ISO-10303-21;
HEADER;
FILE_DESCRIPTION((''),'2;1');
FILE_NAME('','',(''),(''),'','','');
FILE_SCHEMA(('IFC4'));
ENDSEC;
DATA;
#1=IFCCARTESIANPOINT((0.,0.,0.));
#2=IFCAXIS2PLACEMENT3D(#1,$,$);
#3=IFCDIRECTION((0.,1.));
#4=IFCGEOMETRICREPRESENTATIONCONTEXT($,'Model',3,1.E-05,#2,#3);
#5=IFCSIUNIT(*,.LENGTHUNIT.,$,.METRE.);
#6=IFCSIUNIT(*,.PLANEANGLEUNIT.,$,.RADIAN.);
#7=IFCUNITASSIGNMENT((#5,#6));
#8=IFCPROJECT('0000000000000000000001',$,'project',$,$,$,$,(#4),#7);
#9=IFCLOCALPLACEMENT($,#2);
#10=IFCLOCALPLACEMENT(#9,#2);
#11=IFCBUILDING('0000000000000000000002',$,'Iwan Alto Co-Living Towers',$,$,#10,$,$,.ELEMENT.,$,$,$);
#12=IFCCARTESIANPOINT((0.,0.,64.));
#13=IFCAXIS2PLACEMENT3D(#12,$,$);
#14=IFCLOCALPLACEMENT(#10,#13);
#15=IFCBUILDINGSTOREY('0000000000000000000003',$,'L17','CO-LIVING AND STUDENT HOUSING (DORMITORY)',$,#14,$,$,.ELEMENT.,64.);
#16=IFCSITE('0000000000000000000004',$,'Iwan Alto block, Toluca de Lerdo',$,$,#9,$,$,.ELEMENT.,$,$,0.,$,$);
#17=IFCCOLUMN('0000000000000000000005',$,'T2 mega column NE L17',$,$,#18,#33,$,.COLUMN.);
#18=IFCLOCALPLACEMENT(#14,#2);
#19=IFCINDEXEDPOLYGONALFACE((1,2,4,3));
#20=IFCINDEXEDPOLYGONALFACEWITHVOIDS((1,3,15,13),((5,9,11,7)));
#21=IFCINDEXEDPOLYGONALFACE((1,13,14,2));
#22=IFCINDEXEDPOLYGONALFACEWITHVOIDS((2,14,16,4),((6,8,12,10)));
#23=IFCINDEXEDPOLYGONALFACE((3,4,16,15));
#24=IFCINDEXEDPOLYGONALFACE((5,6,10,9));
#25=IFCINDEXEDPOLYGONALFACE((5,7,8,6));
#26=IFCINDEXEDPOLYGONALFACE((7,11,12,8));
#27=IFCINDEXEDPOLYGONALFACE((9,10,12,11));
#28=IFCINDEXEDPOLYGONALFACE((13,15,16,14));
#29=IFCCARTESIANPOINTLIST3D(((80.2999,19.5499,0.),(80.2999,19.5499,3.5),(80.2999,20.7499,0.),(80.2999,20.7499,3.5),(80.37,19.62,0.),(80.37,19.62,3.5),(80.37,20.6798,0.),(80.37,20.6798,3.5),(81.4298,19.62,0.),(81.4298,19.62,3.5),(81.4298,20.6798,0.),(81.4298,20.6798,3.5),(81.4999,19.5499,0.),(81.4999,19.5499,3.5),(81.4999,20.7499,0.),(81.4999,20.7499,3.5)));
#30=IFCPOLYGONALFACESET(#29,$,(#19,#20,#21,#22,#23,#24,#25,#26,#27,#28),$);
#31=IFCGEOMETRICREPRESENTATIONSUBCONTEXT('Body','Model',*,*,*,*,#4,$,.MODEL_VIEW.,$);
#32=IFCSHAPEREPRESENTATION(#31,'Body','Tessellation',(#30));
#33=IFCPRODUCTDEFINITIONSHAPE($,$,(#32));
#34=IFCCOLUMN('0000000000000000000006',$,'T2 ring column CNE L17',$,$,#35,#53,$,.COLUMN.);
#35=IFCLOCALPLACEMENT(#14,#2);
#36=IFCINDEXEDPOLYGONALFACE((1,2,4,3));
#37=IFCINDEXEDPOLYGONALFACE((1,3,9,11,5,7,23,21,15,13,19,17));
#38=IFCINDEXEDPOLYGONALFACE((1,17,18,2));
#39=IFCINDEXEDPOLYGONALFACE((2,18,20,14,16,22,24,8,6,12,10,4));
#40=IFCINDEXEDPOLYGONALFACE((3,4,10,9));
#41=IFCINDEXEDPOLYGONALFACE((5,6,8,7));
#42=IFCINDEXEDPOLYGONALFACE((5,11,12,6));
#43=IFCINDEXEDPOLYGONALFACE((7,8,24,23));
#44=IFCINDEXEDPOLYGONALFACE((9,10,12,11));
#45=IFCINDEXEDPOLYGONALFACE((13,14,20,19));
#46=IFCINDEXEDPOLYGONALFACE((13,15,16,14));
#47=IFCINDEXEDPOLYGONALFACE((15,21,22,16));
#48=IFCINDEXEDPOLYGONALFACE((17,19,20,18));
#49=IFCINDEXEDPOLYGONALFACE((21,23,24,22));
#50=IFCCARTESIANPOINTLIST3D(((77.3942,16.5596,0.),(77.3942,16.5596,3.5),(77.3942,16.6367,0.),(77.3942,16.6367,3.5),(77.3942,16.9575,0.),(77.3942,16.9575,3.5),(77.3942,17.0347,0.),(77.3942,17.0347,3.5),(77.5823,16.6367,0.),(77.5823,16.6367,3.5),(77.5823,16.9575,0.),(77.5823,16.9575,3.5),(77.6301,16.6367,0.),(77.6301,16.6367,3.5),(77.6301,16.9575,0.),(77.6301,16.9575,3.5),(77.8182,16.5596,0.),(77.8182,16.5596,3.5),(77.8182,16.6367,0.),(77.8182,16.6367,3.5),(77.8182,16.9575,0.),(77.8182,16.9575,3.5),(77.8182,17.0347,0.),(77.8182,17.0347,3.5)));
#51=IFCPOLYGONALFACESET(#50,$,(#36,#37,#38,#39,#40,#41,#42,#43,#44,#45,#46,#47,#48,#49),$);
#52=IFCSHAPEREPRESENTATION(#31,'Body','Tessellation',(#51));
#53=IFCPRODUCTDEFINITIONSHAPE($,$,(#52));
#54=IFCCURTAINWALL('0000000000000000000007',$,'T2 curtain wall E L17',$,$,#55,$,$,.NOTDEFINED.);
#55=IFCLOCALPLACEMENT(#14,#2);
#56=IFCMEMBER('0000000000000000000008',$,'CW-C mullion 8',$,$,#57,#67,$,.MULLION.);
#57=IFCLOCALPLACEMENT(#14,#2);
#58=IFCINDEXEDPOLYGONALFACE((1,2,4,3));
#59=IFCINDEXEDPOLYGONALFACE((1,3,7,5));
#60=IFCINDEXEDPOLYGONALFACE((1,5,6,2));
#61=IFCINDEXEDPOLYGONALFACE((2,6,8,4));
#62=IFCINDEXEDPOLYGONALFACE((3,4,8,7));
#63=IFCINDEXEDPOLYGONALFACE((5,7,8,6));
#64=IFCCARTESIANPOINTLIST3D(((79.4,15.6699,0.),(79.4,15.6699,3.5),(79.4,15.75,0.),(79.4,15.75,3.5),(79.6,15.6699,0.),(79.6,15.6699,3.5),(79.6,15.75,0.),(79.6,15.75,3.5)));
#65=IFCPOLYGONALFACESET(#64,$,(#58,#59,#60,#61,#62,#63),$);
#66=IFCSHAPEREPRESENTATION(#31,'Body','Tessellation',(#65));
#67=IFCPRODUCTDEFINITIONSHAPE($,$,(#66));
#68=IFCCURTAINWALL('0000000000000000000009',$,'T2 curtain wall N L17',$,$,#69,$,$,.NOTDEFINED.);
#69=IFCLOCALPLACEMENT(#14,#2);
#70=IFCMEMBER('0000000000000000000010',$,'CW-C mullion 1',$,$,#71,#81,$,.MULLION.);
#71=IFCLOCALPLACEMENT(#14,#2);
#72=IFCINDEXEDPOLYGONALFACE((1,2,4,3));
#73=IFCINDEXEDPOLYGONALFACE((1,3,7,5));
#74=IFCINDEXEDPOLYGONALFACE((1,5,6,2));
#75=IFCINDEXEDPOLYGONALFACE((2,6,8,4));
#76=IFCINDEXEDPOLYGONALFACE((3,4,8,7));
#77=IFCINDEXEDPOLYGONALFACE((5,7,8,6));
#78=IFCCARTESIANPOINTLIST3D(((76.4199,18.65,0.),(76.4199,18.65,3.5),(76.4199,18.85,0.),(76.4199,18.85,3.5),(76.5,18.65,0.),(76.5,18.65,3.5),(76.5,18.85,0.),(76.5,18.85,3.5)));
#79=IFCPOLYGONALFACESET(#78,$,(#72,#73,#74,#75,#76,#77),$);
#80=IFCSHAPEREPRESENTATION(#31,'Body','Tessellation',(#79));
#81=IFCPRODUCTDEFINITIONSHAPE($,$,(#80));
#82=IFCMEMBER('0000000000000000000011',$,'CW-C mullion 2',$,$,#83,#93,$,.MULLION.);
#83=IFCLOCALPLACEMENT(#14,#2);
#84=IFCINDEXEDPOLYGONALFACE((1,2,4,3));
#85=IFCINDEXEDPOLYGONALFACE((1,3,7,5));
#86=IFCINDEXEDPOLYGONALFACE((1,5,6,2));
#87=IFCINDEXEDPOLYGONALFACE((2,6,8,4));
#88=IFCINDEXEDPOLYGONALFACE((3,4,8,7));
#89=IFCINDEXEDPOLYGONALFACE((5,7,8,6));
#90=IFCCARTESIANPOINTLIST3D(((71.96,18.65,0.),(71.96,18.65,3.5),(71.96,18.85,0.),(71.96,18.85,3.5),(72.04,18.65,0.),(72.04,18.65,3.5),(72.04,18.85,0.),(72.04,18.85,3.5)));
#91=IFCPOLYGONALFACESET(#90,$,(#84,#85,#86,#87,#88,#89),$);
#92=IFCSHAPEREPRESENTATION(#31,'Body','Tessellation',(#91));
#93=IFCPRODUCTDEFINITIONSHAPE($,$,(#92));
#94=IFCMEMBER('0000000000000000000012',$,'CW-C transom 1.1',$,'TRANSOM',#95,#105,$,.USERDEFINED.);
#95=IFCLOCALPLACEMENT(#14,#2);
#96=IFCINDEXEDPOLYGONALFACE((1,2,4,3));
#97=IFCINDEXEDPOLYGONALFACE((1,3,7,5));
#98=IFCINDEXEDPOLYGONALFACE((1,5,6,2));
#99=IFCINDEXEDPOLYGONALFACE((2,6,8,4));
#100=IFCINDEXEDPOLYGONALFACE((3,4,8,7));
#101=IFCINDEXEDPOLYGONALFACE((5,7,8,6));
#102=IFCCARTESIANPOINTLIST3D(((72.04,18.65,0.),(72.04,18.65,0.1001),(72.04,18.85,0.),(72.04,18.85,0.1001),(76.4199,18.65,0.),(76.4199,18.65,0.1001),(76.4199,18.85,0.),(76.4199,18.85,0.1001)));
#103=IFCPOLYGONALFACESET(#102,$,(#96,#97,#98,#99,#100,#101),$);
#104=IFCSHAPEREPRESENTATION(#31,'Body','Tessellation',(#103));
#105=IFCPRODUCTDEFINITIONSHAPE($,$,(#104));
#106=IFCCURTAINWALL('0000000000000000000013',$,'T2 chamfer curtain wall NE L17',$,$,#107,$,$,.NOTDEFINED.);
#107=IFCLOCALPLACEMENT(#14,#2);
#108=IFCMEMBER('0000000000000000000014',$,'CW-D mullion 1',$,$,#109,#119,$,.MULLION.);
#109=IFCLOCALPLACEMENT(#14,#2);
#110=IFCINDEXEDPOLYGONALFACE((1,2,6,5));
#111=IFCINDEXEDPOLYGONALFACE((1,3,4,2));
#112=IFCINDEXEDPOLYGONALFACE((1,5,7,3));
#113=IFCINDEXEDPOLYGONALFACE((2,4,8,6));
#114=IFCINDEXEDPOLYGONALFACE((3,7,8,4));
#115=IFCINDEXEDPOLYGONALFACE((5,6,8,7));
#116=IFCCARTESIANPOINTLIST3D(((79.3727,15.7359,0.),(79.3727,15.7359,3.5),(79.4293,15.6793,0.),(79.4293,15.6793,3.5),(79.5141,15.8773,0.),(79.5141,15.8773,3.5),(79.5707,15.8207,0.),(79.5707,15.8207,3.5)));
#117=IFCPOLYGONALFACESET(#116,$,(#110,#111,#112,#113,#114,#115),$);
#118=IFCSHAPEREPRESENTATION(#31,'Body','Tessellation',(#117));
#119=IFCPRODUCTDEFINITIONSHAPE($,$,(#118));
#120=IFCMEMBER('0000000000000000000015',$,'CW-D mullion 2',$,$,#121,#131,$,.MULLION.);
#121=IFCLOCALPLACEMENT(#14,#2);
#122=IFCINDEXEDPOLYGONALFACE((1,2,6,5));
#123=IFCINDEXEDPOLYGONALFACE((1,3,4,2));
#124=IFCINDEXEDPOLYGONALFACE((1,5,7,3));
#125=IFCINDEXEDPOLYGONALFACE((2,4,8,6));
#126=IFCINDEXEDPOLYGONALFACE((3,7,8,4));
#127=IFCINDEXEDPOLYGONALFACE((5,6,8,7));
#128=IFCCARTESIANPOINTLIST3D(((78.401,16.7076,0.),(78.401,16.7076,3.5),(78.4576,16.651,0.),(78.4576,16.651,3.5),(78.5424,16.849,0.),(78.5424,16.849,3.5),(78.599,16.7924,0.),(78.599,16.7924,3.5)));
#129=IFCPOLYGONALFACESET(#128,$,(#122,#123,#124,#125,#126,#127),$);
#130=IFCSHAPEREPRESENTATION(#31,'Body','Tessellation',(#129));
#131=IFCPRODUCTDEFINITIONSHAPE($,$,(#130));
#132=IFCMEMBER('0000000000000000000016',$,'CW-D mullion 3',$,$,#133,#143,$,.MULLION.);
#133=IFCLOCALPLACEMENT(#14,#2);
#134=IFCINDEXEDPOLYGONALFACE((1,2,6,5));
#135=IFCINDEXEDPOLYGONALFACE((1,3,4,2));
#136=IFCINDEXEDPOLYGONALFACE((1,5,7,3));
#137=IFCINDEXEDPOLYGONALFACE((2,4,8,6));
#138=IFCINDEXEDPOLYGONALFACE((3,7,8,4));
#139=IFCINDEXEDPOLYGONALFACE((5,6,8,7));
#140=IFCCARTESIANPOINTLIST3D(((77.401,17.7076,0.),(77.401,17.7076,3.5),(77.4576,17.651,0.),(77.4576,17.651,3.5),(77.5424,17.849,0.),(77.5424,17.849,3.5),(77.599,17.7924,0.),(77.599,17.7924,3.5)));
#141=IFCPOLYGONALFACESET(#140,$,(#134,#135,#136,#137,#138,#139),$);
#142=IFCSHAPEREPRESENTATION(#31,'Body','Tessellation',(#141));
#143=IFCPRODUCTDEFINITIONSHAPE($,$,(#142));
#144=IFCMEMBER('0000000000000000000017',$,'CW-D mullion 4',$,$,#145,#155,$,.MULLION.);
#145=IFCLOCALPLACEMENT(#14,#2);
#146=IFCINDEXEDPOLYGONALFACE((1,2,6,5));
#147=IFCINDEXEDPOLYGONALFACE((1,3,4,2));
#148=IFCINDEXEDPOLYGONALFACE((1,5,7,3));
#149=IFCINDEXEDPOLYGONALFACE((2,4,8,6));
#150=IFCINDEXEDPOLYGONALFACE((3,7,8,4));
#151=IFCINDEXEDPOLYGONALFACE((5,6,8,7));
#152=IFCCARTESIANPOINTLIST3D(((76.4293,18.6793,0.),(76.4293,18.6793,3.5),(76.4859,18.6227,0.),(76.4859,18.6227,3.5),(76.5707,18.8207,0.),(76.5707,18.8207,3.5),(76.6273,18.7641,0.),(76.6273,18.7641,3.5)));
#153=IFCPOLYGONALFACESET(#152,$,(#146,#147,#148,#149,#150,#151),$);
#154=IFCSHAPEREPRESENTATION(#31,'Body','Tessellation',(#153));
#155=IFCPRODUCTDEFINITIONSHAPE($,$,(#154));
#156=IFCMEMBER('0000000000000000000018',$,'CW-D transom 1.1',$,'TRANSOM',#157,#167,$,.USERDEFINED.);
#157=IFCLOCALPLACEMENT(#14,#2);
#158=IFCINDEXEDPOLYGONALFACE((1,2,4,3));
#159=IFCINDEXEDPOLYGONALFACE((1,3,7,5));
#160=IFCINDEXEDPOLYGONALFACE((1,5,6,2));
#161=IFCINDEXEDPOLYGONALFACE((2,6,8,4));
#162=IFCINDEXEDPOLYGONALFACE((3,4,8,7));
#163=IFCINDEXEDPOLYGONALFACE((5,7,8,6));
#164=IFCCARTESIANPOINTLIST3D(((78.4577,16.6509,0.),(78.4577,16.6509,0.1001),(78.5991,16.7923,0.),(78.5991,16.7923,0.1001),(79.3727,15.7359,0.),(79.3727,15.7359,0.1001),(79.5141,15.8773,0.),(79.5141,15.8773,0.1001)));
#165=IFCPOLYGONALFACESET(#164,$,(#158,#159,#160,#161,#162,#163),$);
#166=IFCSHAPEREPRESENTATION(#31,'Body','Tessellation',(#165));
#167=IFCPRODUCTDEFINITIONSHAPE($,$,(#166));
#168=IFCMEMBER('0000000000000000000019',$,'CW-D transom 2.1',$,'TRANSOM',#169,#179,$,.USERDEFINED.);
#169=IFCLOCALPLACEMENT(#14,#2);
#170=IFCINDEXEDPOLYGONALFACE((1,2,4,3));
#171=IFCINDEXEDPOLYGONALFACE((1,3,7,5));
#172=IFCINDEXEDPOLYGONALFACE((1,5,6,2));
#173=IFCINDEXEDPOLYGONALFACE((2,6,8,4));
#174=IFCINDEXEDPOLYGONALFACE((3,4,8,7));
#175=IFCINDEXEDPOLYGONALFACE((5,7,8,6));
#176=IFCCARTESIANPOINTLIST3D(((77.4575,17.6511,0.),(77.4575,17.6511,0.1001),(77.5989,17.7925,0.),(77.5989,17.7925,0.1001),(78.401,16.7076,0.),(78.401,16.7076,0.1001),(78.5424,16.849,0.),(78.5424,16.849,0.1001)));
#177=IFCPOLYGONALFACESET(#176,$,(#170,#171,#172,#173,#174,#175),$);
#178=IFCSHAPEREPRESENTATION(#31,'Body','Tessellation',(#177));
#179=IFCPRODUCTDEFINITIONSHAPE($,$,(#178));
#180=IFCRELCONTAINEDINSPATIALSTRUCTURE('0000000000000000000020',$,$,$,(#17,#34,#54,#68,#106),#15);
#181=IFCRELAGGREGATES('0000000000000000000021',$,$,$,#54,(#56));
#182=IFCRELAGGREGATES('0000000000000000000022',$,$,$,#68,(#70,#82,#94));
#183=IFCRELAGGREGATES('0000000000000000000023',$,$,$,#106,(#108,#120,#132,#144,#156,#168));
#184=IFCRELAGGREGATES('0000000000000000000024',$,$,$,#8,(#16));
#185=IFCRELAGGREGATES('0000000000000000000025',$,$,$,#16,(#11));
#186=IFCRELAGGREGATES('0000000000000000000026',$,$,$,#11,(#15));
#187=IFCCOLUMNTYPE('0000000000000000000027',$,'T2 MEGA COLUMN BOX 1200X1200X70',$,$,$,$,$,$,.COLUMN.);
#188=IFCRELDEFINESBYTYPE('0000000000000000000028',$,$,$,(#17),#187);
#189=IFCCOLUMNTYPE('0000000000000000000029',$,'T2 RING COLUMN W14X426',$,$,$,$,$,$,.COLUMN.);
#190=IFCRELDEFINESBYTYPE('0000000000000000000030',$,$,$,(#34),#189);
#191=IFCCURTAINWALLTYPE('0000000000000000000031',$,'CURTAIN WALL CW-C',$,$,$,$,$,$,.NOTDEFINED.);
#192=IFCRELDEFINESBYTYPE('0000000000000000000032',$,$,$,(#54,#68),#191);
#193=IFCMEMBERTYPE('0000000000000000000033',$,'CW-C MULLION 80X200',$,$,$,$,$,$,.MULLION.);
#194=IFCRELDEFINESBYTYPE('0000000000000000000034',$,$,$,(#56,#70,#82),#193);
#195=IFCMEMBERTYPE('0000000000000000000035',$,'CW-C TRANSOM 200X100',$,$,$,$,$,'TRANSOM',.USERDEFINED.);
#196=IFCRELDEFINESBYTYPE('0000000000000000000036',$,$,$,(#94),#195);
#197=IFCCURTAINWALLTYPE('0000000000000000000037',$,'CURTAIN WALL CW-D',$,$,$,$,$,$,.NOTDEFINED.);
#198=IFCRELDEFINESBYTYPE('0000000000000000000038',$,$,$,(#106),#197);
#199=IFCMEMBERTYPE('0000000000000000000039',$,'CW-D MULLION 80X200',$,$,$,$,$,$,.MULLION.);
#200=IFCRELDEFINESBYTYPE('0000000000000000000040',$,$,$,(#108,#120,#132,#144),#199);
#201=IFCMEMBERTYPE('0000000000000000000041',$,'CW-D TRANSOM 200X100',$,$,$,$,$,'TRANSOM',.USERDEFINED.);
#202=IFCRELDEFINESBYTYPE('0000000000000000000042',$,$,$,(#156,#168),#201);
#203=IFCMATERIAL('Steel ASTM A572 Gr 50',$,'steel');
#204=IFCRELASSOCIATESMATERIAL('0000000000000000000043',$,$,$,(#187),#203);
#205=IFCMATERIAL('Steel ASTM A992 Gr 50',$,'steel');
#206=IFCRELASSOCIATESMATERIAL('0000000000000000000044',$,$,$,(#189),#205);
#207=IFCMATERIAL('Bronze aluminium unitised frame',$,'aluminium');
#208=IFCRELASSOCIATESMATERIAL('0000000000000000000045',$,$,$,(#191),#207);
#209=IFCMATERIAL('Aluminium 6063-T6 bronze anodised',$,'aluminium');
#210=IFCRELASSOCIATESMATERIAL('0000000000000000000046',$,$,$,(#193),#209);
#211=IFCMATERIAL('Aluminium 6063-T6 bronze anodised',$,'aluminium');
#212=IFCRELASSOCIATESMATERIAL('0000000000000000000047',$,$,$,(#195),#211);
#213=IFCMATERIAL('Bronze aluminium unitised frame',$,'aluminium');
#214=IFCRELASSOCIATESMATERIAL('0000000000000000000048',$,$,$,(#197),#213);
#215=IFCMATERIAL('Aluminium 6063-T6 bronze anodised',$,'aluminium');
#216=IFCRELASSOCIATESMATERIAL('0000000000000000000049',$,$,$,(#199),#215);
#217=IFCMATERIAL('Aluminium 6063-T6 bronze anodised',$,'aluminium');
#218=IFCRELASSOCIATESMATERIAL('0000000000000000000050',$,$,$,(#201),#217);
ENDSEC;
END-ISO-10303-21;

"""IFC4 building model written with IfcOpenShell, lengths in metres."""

from ifc_helpers import new_model, si_unit, direction, frame, origin, origin_2d, place, context, subcontext, project, spatial, rectangle, hollow_rectangle, i_section, extrude, material, material_profile, profile_set, type_object, element, aggregate, save


model = new_model("IFC4")

# Units and contexts
model_context = context("Model", 3, precision=1e-05, world=origin(), true_north=direction((0.0, 1.0)))
body_context = subcontext(model_context, "Body", "Model", "MODEL_VIEW")
ifc_project = project(units=[si_unit("LENGTHUNIT", "METRE"), si_unit("PLANEANGLEUNIT", "RADIAN")], contexts=[model_context])

# Site, building, storey
site_placement = place(None, origin())
site = spatial("IfcSite", under=ifc_project, at=site_placement, Name="Iwan Alto block, Toluca de Lerdo", CompositionType="ELEMENT", RefElevation=0.0)
building_placement = place(site_placement, origin())
building = spatial("IfcBuilding", under=site, at=building_placement, Name="Iwan Alto Co-Living Towers", CompositionType="ELEMENT")
storey_placement = place(building_placement, frame((0.0, 0.0, 64.0)))
storey = spatial("IfcBuildingStorey", under=building, at=storey_placement, Name="L17", Description="CO-LIVING AND STUDENT HOUSING (DORMITORY)", CompositionType="ELEMENT", Elevation=64.0)

# Columns
ifc_material_1 = material(Name="Steel ASTM A572 Gr 50", Category="steel")
ifc_material_profile_1 = material_profile(ifc_material_1, hollow_rectangle(XDim=1.2, YDim=1.2, WallThickness=0.0701, at=origin_2d()), Name="BOX 1200X1200X70")
ifc_profile_set_1 = profile_set([ifc_material_profile_1], Name="Steel ASTM A572 Gr 50")
column_type_1 = type_object("IfcColumnType", Name="T2 MEGA COLUMN BOX 1200X1200X70", PredefinedType="COLUMN", material=ifc_profile_set_1)
column_1_placement = place(storey_placement, frame((80.8999, 20.1499, 0.0), z_axis=(0.0, 0.0, 1.0), x_axis=(1.0, 0.0, 0.0)))
element("IfcColumn", 1, at=column_1_placement, inside=storey, type_object=column_type_1, Name="T2 mega column NE L17", PredefinedType="COLUMN", context=body_context, shape_type="SweptSolid", body=[
    extrude(hollow_rectangle(XDim=1.2, YDim=1.2, WallThickness=0.0701, at=origin_2d()), origin(), (0.0, 0.0, 1.0), 3.5),
])
ifc_material_2 = material(Name="Steel ASTM A992 Gr 50", Category="steel")
ifc_material_profile_2 = material_profile(ifc_material_2, i_section(OverallWidth=0.4241, OverallDepth=0.4751, WebThickness=0.0479, FlangeThickness=0.0771, at=origin_2d()), Name="W14X426")
ifc_profile_set_2 = profile_set([ifc_material_profile_2], Name="Steel ASTM A992 Gr 50")
column_type_2 = type_object("IfcColumnType", Name="T2 RING COLUMN W14X426", PredefinedType="COLUMN", material=ifc_profile_set_2)
column_2_placement = place(storey_placement, frame((77.6062, 16.7971, 0.0), z_axis=(0.0, 0.0, 1.0), x_axis=(1.0, 0.0, 0.0)))
element("IfcColumn", 2, at=column_2_placement, inside=storey, type_object=column_type_2, Name="T2 ring column CNE L17", PredefinedType="COLUMN", context=body_context, shape_type="SweptSolid", body=[
    extrude(i_section(OverallWidth=0.4241, OverallDepth=0.4751, WebThickness=0.0479, FlangeThickness=0.0771, at=origin_2d()), origin(), (0.0, 0.0, 1.0), 3.5),
])

# Curtain wall, member
ifc_material_3 = material(Name="Bronze aluminium unitised frame", Category="aluminium")
curtain_wall_type_1 = type_object("IfcCurtainWallType", Name="CURTAIN WALL CW-C", PredefinedType="NOTDEFINED", material=ifc_material_3)
curtain_wall_1_placement = place(storey_placement, origin())
curtain_wall_1 = element("IfcCurtainWall", 3, at=curtain_wall_1_placement, inside=storey, type_object=curtain_wall_type_1, Name="T2 curtain wall E L17", PredefinedType="NOTDEFINED")
ifc_material_4 = material(Name="Aluminium 6063-T6 bronze anodised", Category="aluminium")
ifc_material_profile_3 = material_profile(ifc_material_4, rectangle(XDim=0.2, YDim=0.0801, at=origin_2d()), Name="AL 80X200")
ifc_profile_set_3 = profile_set([ifc_material_profile_3], Name="Aluminium 6063-T6 bronze anodised")
member_type_1 = type_object("IfcMemberType", Name="CW-C MULLION 80X200", PredefinedType="MULLION", material=ifc_profile_set_3)
member_1_placement = place(storey_placement, frame((79.5, 15.71, 0.0), z_axis=(0.0, 0.0, 1.0), x_axis=(-1.0, 0.0, 0.0)))
member_1 = element("IfcMember", 4, at=member_1_placement, type_object=member_type_1, Name="CW-C mullion 8", PredefinedType="MULLION", context=body_context, shape_type="SweptSolid", body=[
    extrude(rectangle(XDim=0.2, YDim=0.0801, at=origin_2d()), origin(), (0.0, 0.0, 1.0), 3.5),
])
aggregate(curtain_wall_1, [member_1])

# Curtain walls, members
curtain_wall_2_placement = place(storey_placement, origin())
curtain_wall_2 = element("IfcCurtainWall", 5, at=curtain_wall_2_placement, inside=storey, type_object=curtain_wall_type_1, Name="T2 curtain wall N L17", PredefinedType="NOTDEFINED")
member_2_placement = place(storey_placement, frame((76.46, 18.75, 0.0), z_axis=(0.0, 0.0, 1.0), x_axis=(0.0, -1.0, 0.0)))
member_2 = element("IfcMember", 6, at=member_2_placement, type_object=member_type_1, Name="CW-C mullion 1", PredefinedType="MULLION", context=body_context, shape_type="SweptSolid", body=[
    extrude(rectangle(XDim=0.2, YDim=0.0801, at=origin_2d()), origin(), (0.0, 0.0, 1.0), 3.5),
])
member_3_placement = place(storey_placement, frame((72.0, 18.75, 0.0), z_axis=(0.0, 0.0, 1.0), x_axis=(0.0, -1.0, 0.0)))
member_3 = element("IfcMember", 7, at=member_3_placement, type_object=member_type_1, Name="CW-C mullion 2", PredefinedType="MULLION", context=body_context, shape_type="SweptSolid", body=[
    extrude(rectangle(XDim=0.2, YDim=0.0801, at=origin_2d()), origin(), (0.0, 0.0, 1.0), 3.5),
])
ifc_material_5 = material(Name="Aluminium 6063-T6 bronze anodised", Category="aluminium")
ifc_material_profile_4 = material_profile(ifc_material_5, rectangle(XDim=0.2, YDim=0.1001, at=origin_2d()), Name="AL 200X100")
ifc_profile_set_4 = profile_set([ifc_material_profile_4], Name="Aluminium 6063-T6 bronze anodised")
member_type_2 = type_object("IfcMemberType", Name="CW-C TRANSOM 200X100", ElementType="TRANSOM", PredefinedType="USERDEFINED", material=ifc_profile_set_4)
member_4_placement = place(storey_placement, frame((76.4199, 18.75, 0.05), z_axis=(-1.0, 0.0, 0.0), x_axis=(0.0, -1.0, 0.0)))
member_4 = element("IfcMember", 8, at=member_4_placement, type_object=member_type_2, Name="CW-C transom 1.1", ObjectType="TRANSOM", PredefinedType="USERDEFINED", context=body_context, shape_type="SweptSolid", body=[
    extrude(rectangle(XDim=0.2, YDim=0.1001, at=origin_2d()), origin(), (0.0, 0.0, 1.0), 4.3799),
])
ifc_material_6 = material(Name="Bronze aluminium unitised frame", Category="aluminium")
curtain_wall_type_2 = type_object("IfcCurtainWallType", Name="CURTAIN WALL CW-D", PredefinedType="NOTDEFINED", material=ifc_material_6)
curtain_wall_3_placement = place(storey_placement, origin())
curtain_wall_3 = element("IfcCurtainWall", 9, at=curtain_wall_3_placement, inside=storey, type_object=curtain_wall_type_2, Name="T2 chamfer curtain wall NE L17", PredefinedType="NOTDEFINED")
ifc_material_7 = material(Name="Aluminium 6063-T6 bronze anodised", Category="aluminium")
ifc_material_profile_5 = material_profile(ifc_material_7, rectangle(XDim=0.2, YDim=0.0801, at=origin_2d()), Name="AL 80X200")
ifc_profile_set_5 = profile_set([ifc_material_profile_5], Name="Aluminium 6063-T6 bronze anodised")
member_type_3 = type_object("IfcMemberType", Name="CW-D MULLION 80X200", PredefinedType="MULLION", material=ifc_profile_set_5)
member_5_placement = place(storey_placement, frame((79.4717, 15.7783, 0.0), z_axis=(0.0, 0.0, 1.0), x_axis=(-0.707107, -0.707107, 0.0)))
member_5 = element("IfcMember", 10, at=member_5_placement, type_object=member_type_3, Name="CW-D mullion 1", PredefinedType="MULLION", context=body_context, shape_type="SweptSolid", body=[
    extrude(rectangle(XDim=0.2, YDim=0.0801, at=origin_2d()), origin(), (0.0, 0.0, 1.0), 3.5),
])
member_6_placement = place(storey_placement, frame((78.5, 16.75, 0.0), z_axis=(0.0, 0.0, 1.0), x_axis=(-0.707107, -0.707107, 0.0)))
member_6 = element("IfcMember", 11, at=member_6_placement, type_object=member_type_3, Name="CW-D mullion 2", PredefinedType="MULLION", context=body_context, shape_type="SweptSolid", body=[
    extrude(rectangle(XDim=0.2, YDim=0.0801, at=origin_2d()), origin(), (0.0, 0.0, 1.0), 3.5),
])
member_7_placement = place(storey_placement, frame((77.5, 17.75, 0.0), z_axis=(0.0, 0.0, 1.0), x_axis=(-0.707107, -0.707107, 0.0)))
member_7 = element("IfcMember", 12, at=member_7_placement, type_object=member_type_3, Name="CW-D mullion 3", PredefinedType="MULLION", context=body_context, shape_type="SweptSolid", body=[
    extrude(rectangle(XDim=0.2, YDim=0.0801, at=origin_2d()), origin(), (0.0, 0.0, 1.0), 3.5),
])
member_8_placement = place(storey_placement, frame((76.5283, 18.7217, 0.0), z_axis=(0.0, 0.0, 1.0), x_axis=(-0.707107, -0.707107, 0.0)))
member_8 = element("IfcMember", 13, at=member_8_placement, type_object=member_type_3, Name="CW-D mullion 4", PredefinedType="MULLION", context=body_context, shape_type="SweptSolid", body=[
    extrude(rectangle(XDim=0.2, YDim=0.0801, at=origin_2d()), origin(), (0.0, 0.0, 1.0), 3.5),
])
ifc_material_8 = material(Name="Aluminium 6063-T6 bronze anodised", Category="aluminium")
ifc_material_profile_6 = material_profile(ifc_material_8, rectangle(XDim=0.2, YDim=0.1001, at=origin_2d()), Name="AL 200X100")
ifc_profile_set_6 = profile_set([ifc_material_profile_6], Name="Aluminium 6063-T6 bronze anodised")
member_type_4 = type_object("IfcMemberType", Name="CW-D TRANSOM 200X100", ElementType="TRANSOM", PredefinedType="USERDEFINED", material=ifc_profile_set_6)
member_9_placement = place(storey_placement, frame((79.4434, 15.8066, 0.05), z_axis=(-0.707107, 0.707107, 0.0), x_axis=(-0.707107, -0.707107, 0.0)))
member_9 = element("IfcMember", 14, at=member_9_placement, type_object=member_type_4, Name="CW-D transom 1.1", ObjectType="TRANSOM", PredefinedType="USERDEFINED", context=body_context, shape_type="SweptSolid", body=[
    extrude(rectangle(XDim=0.2, YDim=0.1001, at=origin_2d()), origin(), (0.0, 0.0, 1.0), 1.2939),
])
member_10_placement = place(storey_placement, frame((78.4717, 16.7783, 0.05), z_axis=(-0.707107, 0.707107, 0.0), x_axis=(-0.707107, -0.707107, 0.0)))
member_10 = element("IfcMember", 15, at=member_10_placement, type_object=member_type_4, Name="CW-D transom 2.1", ObjectType="TRANSOM", PredefinedType="USERDEFINED", context=body_context, shape_type="SweptSolid", body=[
    extrude(rectangle(XDim=0.2, YDim=0.1001, at=origin_2d()), origin(), (0.0, 0.0, 1.0), 1.3342),
])

aggregate(curtain_wall_2, [member_2, member_3, member_4])
aggregate(curtain_wall_3, [member_5, member_6, member_7, member_8, member_9, member_10])

save(model, "model.ifc")
